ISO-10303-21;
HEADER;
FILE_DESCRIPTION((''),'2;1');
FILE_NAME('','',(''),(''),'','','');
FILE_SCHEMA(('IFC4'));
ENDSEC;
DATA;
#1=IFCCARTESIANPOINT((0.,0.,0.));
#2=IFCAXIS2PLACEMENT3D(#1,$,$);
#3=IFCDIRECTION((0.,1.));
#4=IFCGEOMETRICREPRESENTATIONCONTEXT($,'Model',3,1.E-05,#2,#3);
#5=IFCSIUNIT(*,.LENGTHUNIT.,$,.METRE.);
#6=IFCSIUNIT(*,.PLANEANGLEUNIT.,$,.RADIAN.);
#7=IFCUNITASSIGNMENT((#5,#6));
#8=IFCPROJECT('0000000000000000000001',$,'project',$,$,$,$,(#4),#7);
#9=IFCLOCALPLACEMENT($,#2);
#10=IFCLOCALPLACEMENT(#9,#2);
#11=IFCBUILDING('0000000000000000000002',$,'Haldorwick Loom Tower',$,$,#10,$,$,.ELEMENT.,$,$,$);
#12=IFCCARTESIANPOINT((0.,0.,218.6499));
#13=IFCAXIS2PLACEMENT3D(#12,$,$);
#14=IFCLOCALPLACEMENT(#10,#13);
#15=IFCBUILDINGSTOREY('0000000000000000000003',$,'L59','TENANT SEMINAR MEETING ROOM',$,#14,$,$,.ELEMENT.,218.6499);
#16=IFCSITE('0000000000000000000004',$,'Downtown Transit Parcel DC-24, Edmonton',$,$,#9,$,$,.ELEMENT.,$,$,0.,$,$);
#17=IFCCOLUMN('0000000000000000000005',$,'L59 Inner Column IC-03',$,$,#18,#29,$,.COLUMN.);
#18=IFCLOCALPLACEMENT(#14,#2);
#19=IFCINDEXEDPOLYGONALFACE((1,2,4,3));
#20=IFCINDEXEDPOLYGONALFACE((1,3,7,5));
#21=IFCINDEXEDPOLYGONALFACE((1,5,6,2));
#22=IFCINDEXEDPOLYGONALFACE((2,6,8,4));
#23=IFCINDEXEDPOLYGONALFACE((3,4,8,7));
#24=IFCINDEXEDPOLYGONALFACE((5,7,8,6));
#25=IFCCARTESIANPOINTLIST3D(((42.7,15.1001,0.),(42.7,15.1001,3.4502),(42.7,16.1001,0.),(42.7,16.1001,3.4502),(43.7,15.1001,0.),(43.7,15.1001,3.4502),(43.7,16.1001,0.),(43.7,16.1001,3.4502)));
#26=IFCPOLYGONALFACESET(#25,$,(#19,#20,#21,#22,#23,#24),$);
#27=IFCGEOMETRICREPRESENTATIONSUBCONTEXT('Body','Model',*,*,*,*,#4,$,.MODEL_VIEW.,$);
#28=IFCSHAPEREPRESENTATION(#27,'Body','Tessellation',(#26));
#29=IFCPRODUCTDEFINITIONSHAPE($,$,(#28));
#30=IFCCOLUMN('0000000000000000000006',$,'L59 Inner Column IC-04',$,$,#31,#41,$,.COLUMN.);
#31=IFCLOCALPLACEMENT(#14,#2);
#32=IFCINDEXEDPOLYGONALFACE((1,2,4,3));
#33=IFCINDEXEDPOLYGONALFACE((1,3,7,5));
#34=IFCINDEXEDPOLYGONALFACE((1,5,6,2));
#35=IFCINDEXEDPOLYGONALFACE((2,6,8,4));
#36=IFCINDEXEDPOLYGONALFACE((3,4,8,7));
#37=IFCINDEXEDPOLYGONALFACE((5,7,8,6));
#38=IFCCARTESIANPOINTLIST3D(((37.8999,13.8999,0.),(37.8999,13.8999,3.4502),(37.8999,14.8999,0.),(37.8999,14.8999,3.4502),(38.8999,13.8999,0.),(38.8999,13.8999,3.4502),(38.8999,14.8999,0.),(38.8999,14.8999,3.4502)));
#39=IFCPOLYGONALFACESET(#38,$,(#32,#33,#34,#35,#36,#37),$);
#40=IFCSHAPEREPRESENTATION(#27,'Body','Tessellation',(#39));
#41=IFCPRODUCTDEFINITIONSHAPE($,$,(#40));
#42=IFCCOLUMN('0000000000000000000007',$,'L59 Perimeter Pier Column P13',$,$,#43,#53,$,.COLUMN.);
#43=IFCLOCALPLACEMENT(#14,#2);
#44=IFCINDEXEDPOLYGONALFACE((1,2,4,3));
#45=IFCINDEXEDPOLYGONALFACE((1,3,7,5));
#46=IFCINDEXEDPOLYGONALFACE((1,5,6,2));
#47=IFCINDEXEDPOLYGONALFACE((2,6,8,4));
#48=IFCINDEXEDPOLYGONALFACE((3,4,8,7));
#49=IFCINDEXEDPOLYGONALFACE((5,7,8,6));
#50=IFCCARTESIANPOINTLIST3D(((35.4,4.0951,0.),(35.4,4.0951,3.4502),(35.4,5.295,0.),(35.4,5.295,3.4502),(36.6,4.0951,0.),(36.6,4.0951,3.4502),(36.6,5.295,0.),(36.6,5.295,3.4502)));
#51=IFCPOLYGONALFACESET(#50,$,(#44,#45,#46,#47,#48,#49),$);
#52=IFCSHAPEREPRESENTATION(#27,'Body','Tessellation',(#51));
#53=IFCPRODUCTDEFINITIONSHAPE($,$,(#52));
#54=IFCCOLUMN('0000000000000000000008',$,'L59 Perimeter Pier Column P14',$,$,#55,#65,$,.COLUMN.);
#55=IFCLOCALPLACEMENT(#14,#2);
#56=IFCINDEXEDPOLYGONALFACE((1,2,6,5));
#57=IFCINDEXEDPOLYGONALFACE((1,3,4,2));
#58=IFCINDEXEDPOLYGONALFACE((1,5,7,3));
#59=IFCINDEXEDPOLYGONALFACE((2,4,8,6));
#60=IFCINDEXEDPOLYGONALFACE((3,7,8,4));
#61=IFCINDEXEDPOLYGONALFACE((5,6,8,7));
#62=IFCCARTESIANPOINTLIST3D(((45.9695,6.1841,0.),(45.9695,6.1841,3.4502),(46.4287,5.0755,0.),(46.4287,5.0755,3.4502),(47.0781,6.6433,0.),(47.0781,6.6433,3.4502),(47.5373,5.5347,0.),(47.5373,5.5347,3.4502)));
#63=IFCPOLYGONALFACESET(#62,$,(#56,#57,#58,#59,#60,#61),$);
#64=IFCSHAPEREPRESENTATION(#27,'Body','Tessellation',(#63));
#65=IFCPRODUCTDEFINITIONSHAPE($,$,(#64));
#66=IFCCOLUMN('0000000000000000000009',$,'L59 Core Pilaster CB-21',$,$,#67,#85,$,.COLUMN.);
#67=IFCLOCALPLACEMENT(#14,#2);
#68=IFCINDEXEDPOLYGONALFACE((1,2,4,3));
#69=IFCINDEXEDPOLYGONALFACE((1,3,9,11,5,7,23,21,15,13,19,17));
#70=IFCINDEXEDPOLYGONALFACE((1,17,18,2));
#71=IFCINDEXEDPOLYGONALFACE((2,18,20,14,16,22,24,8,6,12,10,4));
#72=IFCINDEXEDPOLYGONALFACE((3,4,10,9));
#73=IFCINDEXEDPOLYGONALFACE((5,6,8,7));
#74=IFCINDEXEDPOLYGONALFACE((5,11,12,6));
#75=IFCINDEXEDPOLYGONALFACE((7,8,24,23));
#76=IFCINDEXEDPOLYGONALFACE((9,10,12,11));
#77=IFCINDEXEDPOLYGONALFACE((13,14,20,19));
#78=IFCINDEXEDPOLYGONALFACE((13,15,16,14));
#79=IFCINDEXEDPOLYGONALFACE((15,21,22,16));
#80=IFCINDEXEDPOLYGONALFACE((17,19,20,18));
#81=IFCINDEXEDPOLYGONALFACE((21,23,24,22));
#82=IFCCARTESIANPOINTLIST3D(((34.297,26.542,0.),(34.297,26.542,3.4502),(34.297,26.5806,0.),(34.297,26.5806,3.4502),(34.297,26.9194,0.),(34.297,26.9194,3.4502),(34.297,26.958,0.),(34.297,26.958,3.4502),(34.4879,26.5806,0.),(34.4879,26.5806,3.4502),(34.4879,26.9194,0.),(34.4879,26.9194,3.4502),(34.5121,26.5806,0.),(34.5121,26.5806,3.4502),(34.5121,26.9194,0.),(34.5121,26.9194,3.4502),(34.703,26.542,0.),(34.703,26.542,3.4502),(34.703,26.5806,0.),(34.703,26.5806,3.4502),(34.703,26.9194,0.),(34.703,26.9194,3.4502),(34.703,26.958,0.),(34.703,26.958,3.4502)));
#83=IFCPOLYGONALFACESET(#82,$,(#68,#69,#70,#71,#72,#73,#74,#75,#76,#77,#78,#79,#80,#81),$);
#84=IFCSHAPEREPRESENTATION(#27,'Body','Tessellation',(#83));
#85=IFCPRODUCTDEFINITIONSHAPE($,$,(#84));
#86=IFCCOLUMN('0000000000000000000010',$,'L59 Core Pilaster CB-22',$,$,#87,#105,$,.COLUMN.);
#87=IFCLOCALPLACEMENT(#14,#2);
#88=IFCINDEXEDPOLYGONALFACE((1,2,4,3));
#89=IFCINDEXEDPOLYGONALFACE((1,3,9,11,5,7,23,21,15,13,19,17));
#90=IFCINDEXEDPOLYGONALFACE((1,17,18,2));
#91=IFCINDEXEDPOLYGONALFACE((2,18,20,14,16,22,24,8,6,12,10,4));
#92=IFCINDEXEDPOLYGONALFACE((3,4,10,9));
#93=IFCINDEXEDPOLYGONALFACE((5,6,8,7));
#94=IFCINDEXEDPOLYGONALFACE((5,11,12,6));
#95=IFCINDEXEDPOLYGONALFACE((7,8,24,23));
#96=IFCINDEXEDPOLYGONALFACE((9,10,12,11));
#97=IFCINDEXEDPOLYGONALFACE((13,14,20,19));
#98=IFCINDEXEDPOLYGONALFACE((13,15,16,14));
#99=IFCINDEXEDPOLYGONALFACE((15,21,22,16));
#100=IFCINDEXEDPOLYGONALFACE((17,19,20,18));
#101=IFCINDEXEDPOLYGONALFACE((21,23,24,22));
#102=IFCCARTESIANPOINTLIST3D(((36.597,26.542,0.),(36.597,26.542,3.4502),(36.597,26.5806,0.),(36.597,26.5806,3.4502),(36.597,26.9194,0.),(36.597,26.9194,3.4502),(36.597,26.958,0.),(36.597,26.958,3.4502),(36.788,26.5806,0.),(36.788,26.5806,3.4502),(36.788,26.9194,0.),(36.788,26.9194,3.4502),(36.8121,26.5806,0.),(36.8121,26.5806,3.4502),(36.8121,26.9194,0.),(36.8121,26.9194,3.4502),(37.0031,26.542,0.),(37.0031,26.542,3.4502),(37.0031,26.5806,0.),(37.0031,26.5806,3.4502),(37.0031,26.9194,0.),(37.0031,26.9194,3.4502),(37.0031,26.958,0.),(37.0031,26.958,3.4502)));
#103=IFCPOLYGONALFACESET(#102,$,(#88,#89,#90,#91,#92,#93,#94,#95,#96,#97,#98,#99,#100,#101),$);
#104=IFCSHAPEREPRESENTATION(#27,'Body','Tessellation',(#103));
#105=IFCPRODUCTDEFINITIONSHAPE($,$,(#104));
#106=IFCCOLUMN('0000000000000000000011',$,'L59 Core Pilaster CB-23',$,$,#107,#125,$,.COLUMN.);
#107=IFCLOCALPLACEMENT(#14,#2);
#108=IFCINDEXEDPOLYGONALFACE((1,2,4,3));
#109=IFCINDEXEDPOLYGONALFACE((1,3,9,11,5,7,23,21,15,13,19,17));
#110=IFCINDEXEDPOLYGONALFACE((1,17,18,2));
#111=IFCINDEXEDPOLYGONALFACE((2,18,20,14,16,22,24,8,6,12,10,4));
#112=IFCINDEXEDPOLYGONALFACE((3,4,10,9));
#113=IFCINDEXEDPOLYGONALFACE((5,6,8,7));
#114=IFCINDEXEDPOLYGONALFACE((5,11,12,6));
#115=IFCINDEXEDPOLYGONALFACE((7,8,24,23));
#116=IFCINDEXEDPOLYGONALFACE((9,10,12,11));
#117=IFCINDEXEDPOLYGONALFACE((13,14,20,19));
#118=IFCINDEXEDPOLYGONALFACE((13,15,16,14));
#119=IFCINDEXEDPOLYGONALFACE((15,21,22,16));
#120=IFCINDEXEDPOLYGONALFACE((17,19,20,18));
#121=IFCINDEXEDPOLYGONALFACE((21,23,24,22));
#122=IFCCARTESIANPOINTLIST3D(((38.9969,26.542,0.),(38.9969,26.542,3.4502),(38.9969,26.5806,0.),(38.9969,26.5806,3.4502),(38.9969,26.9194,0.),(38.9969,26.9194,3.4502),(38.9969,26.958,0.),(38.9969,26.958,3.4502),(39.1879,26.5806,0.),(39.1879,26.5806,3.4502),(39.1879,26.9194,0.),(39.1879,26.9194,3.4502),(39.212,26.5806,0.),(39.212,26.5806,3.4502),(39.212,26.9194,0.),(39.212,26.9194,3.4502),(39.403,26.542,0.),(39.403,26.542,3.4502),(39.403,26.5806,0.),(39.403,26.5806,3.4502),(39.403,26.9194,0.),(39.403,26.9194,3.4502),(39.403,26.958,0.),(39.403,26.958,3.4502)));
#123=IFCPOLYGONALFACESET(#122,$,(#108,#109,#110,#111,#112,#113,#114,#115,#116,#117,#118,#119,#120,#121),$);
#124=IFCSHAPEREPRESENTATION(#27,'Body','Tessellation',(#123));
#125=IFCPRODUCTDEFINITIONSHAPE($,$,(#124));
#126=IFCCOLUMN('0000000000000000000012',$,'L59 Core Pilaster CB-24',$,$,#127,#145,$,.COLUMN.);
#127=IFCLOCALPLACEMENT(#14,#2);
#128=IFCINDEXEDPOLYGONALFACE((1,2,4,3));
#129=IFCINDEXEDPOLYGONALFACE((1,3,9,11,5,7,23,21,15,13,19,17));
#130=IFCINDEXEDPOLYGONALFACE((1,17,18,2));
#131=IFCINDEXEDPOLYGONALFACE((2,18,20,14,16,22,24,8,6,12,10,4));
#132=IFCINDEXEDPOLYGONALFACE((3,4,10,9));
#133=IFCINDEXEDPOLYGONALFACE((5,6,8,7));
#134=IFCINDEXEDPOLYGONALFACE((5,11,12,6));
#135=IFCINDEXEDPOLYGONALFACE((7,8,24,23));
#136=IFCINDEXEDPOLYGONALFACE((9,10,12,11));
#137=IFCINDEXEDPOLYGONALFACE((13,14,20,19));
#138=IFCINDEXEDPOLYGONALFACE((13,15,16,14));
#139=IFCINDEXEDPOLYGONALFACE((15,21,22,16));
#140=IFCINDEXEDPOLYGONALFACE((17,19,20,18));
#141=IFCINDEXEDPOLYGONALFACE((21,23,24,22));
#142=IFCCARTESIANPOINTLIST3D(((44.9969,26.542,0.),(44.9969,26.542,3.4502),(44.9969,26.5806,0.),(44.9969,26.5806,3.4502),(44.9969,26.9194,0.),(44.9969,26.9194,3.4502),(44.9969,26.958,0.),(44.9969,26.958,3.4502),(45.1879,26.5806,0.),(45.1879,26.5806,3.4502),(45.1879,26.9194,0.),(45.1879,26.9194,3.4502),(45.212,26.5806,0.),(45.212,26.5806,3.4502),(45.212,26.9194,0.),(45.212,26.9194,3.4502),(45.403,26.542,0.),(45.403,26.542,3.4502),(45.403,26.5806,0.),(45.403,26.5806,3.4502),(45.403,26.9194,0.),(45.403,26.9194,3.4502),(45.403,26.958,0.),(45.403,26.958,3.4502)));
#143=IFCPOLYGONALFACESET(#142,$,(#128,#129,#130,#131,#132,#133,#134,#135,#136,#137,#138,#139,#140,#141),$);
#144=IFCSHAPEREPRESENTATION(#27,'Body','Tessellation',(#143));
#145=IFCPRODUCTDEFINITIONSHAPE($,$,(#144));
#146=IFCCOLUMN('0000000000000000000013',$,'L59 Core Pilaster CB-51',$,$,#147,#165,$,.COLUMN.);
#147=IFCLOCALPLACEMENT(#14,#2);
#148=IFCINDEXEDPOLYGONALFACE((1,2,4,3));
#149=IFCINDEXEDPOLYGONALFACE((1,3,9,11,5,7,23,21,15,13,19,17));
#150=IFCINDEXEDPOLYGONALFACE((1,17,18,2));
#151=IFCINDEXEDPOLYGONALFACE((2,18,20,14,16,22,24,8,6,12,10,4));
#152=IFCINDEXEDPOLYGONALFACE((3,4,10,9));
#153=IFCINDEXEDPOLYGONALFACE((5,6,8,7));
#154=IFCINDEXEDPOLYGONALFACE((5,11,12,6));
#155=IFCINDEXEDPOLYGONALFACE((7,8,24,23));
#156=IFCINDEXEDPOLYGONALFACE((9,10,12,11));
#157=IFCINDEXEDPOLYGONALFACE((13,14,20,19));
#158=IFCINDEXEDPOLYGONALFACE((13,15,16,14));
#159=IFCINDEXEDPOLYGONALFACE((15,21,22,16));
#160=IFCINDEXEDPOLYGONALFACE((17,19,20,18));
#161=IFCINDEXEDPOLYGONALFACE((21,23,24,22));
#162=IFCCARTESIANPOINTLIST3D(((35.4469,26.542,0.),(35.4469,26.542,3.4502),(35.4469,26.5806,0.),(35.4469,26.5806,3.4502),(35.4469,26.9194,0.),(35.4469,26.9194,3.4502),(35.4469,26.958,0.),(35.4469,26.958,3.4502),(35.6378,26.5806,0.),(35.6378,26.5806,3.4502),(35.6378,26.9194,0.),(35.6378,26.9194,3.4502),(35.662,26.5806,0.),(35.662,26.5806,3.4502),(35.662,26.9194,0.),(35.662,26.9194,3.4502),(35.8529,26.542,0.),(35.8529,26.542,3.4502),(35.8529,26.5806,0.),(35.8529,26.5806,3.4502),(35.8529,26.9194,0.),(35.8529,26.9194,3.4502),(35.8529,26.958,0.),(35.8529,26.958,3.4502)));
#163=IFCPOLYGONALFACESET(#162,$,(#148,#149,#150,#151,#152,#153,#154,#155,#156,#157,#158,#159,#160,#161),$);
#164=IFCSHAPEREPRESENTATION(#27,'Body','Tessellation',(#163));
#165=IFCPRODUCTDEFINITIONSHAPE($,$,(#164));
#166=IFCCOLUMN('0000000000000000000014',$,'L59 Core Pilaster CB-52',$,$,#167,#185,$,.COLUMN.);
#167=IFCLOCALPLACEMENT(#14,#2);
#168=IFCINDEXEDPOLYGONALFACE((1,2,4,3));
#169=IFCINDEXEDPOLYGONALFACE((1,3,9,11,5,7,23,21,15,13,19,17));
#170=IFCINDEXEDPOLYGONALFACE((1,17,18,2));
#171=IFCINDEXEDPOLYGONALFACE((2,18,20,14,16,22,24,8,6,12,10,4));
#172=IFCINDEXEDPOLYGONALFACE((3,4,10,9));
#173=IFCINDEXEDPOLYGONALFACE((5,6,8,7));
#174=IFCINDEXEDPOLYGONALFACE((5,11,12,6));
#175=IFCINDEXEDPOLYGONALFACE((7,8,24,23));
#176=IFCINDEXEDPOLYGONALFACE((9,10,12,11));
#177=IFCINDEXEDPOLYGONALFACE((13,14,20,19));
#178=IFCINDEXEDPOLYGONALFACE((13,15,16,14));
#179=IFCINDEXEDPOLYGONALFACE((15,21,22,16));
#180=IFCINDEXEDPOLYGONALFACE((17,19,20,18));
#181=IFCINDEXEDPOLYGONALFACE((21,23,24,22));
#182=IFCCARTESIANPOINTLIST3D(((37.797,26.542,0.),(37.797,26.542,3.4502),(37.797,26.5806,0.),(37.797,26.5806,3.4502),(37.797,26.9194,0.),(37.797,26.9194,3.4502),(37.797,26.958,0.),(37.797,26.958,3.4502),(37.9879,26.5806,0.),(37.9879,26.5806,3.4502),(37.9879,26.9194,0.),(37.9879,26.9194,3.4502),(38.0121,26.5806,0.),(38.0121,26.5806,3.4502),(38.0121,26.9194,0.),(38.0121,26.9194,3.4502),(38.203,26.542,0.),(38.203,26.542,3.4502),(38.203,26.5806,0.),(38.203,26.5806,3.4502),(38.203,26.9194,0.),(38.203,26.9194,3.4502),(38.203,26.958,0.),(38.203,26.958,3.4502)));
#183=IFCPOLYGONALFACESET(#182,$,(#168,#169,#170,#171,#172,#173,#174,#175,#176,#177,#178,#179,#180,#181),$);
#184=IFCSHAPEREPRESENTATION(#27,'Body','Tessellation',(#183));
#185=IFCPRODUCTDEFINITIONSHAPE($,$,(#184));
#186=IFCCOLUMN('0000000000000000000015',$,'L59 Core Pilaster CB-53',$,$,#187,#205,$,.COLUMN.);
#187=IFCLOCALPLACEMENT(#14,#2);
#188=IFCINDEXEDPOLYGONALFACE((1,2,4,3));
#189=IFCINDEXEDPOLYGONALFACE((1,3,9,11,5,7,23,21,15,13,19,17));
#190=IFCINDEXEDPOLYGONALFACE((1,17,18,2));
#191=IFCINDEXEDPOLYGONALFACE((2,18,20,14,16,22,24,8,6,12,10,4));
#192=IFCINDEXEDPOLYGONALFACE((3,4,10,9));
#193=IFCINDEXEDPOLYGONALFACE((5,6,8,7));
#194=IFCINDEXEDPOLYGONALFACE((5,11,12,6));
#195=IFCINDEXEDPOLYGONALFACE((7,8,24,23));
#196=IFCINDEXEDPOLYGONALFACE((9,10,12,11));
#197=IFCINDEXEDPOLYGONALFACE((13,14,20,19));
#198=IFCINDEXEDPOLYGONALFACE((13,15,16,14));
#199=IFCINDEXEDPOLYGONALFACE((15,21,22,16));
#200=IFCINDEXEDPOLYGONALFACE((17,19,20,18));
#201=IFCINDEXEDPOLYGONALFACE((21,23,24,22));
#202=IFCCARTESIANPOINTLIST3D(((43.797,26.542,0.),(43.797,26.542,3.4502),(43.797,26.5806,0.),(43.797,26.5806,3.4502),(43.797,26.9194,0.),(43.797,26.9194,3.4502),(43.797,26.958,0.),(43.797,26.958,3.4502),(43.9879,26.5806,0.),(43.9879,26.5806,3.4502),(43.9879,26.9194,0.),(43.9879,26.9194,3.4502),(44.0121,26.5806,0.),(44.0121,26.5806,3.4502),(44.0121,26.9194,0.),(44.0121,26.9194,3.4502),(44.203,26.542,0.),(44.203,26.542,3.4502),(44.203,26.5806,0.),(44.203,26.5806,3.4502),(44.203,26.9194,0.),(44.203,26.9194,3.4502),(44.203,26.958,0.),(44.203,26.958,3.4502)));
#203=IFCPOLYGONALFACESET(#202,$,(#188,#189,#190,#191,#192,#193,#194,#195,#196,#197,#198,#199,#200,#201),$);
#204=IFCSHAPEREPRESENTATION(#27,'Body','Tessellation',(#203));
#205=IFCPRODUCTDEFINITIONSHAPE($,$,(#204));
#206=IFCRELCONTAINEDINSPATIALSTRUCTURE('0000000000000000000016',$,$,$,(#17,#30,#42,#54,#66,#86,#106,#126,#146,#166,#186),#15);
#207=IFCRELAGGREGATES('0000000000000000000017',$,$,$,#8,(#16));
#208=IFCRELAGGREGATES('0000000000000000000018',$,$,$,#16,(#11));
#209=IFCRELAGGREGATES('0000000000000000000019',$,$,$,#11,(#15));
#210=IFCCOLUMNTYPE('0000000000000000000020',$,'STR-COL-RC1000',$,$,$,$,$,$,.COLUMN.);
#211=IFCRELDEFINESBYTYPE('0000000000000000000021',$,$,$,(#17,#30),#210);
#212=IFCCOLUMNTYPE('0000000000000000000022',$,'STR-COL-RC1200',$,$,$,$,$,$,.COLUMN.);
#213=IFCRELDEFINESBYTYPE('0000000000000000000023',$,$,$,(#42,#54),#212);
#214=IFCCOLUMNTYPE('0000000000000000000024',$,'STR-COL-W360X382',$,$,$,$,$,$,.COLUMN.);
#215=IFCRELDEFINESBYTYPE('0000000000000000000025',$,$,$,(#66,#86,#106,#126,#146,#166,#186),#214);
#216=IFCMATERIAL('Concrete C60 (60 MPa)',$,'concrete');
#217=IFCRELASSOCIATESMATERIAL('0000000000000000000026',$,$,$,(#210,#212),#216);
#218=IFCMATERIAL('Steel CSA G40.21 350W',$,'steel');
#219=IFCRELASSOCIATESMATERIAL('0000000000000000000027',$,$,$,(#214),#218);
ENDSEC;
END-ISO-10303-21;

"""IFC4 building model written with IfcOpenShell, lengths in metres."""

from ifc_helpers import new_model, si_unit, direction, frame, origin, origin_2d, place, context, subcontext, project, spatial, rectangle, i_section, extrude, material, material_profile, profile_set, type_object, element, save


model = new_model("IFC4")

# Units and contexts
model_context = context("Model", 3, precision=1e-05, world=origin(), true_north=direction((0.0, 1.0)))
body_context = subcontext(model_context, "Body", "Model", "MODEL_VIEW")
ifc_project = project(units=[si_unit("LENGTHUNIT", "METRE"), si_unit("PLANEANGLEUNIT", "RADIAN")], contexts=[model_context])

# Site, building, storey
site_placement = place(None, origin())
site = spatial("IfcSite", under=ifc_project, at=site_placement, Name="Downtown Transit Parcel DC-24, Edmonton", CompositionType="ELEMENT", RefElevation=0.0)
building_placement = place(site_placement, origin())
building = spatial("IfcBuilding", under=site, at=building_placement, Name="Haldorwick Loom Tower", CompositionType="ELEMENT")
storey_placement = place(building_placement, frame((0.0, 0.0, 218.6499)))
storey = spatial("IfcBuildingStorey", under=building, at=storey_placement, Name="L59", Description="TENANT SEMINAR MEETING ROOM", CompositionType="ELEMENT", Elevation=218.6499)

# Columns
ifc_material_1 = material(Name="Concrete C60 (60 MPa)", Category="concrete")
ifc_material_profile_1 = material_profile(ifc_material_1, rectangle(XDim=1.0, YDim=1.0, at=origin_2d()), Name="RC1000X1000", Category="concrete")
ifc_profile_set_1 = profile_set([ifc_material_profile_1], Name="Concrete C60 (60 MPa)")
column_type_1 = type_object("IfcColumnType", Name="STR-COL-RC1000", PredefinedType="COLUMN", material=ifc_profile_set_1)
for number, where, z_axis, x_axis, name in (
    (1, (43.2, 15.6001, 0.0), (0.0, 0.0, 1.0), (1.0, 0.0, 0.0), "L59 Inner Column IC-03"),
    (2, (38.3999, 14.3999, 0.0), (0.0, 0.0, 1.0), (1.0, 0.0, 0.0), "L59 Inner Column IC-04"),
):
    element("IfcColumn", number, at=place(storey_placement, frame(where, z_axis=z_axis, x_axis=x_axis)), inside=storey, type_object=column_type_1, Name=name, PredefinedType="COLUMN", context=body_context, shape_type="SweptSolid", body=[
        extrude(rectangle(XDim=1.0, YDim=1.0, at=origin_2d()), origin(), (0.0, 0.0, 1.0), 3.4502),
    ])
ifc_material_profile_2 = material_profile(ifc_material_1, rectangle(XDim=1.2, YDim=1.2, at=origin_2d()), Name="RC1200X1200", Category="concrete")
ifc_profile_set_2 = profile_set([ifc_material_profile_2], Name="Concrete C60 (60 MPa)")
column_type_2 = type_object("IfcColumnType", Name="STR-COL-RC1200", PredefinedType="COLUMN", material=ifc_profile_set_2)
for number, where, z_axis, x_axis, name in (
    (3, (36.0, 4.6951, 0.0), (0.0, 0.0, 1.0), (0.0, -1.0, 0.0), "L59 Perimeter Pier Column P13"),
    (4, (46.7534, 5.8594, 0.0), (0.0, 0.0, 1.0), (0.382683, -0.92388, 0.0), "L59 Perimeter Pier Column P14"),
):
    element("IfcColumn", number, at=place(storey_placement, frame(where, z_axis=z_axis, x_axis=x_axis)), inside=storey, type_object=column_type_2, Name=name, PredefinedType="COLUMN", context=body_context, shape_type="SweptSolid", body=[
        extrude(rectangle(XDim=1.2, YDim=1.2, at=origin_2d()), origin(), (0.0, 0.0, 1.0), 3.4502),
    ])
ifc_material_2 = material(Name="Steel CSA G40.21 350W", Category="steel")
ifc_material_profile_3 = material_profile(ifc_material_2, i_section(OverallWidth=0.406, OverallDepth=0.416, WebThickness=0.0242, FlangeThickness=0.0386, at=origin_2d()), Name="W360X382", Category="steel")
ifc_profile_set_3 = profile_set([ifc_material_profile_3], Name="Steel CSA G40.21 350W")
column_type_3 = type_object("IfcColumnType", Name="STR-COL-W360X382", PredefinedType="COLUMN", material=ifc_profile_set_3)
for number, where, z_axis, x_axis, name in (
    (5, (34.5, 26.75, 0.0), (0.0, 0.0, 1.0), (1.0, 0.0, 0.0), "L59 Core Pilaster CB-21"),
    (6, (36.8, 26.75, 0.0), (0.0, 0.0, 1.0), (1.0, 0.0, 0.0), "L59 Core Pilaster CB-22"),
    (7, (39.2, 26.75, 0.0), (0.0, 0.0, 1.0), (1.0, 0.0, 0.0), "L59 Core Pilaster CB-23"),
    (8, (45.2, 26.75, 0.0), (0.0, 0.0, 1.0), (1.0, 0.0, 0.0), "L59 Core Pilaster CB-24"),
    (9, (35.6499, 26.75, 0.0), (0.0, 0.0, 1.0), (1.0, 0.0, 0.0), "L59 Core Pilaster CB-51"),
    (10, (38.0, 26.75, 0.0), (0.0, 0.0, 1.0), (1.0, 0.0, 0.0), "L59 Core Pilaster CB-52"),
    (11, (44.0, 26.75, 0.0), (0.0, 0.0, 1.0), (1.0, 0.0, 0.0), "L59 Core Pilaster CB-53"),
):
    element("IfcColumn", number, at=place(storey_placement, frame(where, z_axis=z_axis, x_axis=x_axis)), inside=storey, type_object=column_type_3, Name=name, PredefinedType="COLUMN", context=body_context, shape_type="SweptSolid", body=[
        extrude(i_section(OverallWidth=0.406, OverallDepth=0.416, WebThickness=0.0242, FlangeThickness=0.0386, at=origin_2d()), origin(), (0.0, 0.0, 1.0), 3.4502),
    ])

save(model, "model.ifc")
